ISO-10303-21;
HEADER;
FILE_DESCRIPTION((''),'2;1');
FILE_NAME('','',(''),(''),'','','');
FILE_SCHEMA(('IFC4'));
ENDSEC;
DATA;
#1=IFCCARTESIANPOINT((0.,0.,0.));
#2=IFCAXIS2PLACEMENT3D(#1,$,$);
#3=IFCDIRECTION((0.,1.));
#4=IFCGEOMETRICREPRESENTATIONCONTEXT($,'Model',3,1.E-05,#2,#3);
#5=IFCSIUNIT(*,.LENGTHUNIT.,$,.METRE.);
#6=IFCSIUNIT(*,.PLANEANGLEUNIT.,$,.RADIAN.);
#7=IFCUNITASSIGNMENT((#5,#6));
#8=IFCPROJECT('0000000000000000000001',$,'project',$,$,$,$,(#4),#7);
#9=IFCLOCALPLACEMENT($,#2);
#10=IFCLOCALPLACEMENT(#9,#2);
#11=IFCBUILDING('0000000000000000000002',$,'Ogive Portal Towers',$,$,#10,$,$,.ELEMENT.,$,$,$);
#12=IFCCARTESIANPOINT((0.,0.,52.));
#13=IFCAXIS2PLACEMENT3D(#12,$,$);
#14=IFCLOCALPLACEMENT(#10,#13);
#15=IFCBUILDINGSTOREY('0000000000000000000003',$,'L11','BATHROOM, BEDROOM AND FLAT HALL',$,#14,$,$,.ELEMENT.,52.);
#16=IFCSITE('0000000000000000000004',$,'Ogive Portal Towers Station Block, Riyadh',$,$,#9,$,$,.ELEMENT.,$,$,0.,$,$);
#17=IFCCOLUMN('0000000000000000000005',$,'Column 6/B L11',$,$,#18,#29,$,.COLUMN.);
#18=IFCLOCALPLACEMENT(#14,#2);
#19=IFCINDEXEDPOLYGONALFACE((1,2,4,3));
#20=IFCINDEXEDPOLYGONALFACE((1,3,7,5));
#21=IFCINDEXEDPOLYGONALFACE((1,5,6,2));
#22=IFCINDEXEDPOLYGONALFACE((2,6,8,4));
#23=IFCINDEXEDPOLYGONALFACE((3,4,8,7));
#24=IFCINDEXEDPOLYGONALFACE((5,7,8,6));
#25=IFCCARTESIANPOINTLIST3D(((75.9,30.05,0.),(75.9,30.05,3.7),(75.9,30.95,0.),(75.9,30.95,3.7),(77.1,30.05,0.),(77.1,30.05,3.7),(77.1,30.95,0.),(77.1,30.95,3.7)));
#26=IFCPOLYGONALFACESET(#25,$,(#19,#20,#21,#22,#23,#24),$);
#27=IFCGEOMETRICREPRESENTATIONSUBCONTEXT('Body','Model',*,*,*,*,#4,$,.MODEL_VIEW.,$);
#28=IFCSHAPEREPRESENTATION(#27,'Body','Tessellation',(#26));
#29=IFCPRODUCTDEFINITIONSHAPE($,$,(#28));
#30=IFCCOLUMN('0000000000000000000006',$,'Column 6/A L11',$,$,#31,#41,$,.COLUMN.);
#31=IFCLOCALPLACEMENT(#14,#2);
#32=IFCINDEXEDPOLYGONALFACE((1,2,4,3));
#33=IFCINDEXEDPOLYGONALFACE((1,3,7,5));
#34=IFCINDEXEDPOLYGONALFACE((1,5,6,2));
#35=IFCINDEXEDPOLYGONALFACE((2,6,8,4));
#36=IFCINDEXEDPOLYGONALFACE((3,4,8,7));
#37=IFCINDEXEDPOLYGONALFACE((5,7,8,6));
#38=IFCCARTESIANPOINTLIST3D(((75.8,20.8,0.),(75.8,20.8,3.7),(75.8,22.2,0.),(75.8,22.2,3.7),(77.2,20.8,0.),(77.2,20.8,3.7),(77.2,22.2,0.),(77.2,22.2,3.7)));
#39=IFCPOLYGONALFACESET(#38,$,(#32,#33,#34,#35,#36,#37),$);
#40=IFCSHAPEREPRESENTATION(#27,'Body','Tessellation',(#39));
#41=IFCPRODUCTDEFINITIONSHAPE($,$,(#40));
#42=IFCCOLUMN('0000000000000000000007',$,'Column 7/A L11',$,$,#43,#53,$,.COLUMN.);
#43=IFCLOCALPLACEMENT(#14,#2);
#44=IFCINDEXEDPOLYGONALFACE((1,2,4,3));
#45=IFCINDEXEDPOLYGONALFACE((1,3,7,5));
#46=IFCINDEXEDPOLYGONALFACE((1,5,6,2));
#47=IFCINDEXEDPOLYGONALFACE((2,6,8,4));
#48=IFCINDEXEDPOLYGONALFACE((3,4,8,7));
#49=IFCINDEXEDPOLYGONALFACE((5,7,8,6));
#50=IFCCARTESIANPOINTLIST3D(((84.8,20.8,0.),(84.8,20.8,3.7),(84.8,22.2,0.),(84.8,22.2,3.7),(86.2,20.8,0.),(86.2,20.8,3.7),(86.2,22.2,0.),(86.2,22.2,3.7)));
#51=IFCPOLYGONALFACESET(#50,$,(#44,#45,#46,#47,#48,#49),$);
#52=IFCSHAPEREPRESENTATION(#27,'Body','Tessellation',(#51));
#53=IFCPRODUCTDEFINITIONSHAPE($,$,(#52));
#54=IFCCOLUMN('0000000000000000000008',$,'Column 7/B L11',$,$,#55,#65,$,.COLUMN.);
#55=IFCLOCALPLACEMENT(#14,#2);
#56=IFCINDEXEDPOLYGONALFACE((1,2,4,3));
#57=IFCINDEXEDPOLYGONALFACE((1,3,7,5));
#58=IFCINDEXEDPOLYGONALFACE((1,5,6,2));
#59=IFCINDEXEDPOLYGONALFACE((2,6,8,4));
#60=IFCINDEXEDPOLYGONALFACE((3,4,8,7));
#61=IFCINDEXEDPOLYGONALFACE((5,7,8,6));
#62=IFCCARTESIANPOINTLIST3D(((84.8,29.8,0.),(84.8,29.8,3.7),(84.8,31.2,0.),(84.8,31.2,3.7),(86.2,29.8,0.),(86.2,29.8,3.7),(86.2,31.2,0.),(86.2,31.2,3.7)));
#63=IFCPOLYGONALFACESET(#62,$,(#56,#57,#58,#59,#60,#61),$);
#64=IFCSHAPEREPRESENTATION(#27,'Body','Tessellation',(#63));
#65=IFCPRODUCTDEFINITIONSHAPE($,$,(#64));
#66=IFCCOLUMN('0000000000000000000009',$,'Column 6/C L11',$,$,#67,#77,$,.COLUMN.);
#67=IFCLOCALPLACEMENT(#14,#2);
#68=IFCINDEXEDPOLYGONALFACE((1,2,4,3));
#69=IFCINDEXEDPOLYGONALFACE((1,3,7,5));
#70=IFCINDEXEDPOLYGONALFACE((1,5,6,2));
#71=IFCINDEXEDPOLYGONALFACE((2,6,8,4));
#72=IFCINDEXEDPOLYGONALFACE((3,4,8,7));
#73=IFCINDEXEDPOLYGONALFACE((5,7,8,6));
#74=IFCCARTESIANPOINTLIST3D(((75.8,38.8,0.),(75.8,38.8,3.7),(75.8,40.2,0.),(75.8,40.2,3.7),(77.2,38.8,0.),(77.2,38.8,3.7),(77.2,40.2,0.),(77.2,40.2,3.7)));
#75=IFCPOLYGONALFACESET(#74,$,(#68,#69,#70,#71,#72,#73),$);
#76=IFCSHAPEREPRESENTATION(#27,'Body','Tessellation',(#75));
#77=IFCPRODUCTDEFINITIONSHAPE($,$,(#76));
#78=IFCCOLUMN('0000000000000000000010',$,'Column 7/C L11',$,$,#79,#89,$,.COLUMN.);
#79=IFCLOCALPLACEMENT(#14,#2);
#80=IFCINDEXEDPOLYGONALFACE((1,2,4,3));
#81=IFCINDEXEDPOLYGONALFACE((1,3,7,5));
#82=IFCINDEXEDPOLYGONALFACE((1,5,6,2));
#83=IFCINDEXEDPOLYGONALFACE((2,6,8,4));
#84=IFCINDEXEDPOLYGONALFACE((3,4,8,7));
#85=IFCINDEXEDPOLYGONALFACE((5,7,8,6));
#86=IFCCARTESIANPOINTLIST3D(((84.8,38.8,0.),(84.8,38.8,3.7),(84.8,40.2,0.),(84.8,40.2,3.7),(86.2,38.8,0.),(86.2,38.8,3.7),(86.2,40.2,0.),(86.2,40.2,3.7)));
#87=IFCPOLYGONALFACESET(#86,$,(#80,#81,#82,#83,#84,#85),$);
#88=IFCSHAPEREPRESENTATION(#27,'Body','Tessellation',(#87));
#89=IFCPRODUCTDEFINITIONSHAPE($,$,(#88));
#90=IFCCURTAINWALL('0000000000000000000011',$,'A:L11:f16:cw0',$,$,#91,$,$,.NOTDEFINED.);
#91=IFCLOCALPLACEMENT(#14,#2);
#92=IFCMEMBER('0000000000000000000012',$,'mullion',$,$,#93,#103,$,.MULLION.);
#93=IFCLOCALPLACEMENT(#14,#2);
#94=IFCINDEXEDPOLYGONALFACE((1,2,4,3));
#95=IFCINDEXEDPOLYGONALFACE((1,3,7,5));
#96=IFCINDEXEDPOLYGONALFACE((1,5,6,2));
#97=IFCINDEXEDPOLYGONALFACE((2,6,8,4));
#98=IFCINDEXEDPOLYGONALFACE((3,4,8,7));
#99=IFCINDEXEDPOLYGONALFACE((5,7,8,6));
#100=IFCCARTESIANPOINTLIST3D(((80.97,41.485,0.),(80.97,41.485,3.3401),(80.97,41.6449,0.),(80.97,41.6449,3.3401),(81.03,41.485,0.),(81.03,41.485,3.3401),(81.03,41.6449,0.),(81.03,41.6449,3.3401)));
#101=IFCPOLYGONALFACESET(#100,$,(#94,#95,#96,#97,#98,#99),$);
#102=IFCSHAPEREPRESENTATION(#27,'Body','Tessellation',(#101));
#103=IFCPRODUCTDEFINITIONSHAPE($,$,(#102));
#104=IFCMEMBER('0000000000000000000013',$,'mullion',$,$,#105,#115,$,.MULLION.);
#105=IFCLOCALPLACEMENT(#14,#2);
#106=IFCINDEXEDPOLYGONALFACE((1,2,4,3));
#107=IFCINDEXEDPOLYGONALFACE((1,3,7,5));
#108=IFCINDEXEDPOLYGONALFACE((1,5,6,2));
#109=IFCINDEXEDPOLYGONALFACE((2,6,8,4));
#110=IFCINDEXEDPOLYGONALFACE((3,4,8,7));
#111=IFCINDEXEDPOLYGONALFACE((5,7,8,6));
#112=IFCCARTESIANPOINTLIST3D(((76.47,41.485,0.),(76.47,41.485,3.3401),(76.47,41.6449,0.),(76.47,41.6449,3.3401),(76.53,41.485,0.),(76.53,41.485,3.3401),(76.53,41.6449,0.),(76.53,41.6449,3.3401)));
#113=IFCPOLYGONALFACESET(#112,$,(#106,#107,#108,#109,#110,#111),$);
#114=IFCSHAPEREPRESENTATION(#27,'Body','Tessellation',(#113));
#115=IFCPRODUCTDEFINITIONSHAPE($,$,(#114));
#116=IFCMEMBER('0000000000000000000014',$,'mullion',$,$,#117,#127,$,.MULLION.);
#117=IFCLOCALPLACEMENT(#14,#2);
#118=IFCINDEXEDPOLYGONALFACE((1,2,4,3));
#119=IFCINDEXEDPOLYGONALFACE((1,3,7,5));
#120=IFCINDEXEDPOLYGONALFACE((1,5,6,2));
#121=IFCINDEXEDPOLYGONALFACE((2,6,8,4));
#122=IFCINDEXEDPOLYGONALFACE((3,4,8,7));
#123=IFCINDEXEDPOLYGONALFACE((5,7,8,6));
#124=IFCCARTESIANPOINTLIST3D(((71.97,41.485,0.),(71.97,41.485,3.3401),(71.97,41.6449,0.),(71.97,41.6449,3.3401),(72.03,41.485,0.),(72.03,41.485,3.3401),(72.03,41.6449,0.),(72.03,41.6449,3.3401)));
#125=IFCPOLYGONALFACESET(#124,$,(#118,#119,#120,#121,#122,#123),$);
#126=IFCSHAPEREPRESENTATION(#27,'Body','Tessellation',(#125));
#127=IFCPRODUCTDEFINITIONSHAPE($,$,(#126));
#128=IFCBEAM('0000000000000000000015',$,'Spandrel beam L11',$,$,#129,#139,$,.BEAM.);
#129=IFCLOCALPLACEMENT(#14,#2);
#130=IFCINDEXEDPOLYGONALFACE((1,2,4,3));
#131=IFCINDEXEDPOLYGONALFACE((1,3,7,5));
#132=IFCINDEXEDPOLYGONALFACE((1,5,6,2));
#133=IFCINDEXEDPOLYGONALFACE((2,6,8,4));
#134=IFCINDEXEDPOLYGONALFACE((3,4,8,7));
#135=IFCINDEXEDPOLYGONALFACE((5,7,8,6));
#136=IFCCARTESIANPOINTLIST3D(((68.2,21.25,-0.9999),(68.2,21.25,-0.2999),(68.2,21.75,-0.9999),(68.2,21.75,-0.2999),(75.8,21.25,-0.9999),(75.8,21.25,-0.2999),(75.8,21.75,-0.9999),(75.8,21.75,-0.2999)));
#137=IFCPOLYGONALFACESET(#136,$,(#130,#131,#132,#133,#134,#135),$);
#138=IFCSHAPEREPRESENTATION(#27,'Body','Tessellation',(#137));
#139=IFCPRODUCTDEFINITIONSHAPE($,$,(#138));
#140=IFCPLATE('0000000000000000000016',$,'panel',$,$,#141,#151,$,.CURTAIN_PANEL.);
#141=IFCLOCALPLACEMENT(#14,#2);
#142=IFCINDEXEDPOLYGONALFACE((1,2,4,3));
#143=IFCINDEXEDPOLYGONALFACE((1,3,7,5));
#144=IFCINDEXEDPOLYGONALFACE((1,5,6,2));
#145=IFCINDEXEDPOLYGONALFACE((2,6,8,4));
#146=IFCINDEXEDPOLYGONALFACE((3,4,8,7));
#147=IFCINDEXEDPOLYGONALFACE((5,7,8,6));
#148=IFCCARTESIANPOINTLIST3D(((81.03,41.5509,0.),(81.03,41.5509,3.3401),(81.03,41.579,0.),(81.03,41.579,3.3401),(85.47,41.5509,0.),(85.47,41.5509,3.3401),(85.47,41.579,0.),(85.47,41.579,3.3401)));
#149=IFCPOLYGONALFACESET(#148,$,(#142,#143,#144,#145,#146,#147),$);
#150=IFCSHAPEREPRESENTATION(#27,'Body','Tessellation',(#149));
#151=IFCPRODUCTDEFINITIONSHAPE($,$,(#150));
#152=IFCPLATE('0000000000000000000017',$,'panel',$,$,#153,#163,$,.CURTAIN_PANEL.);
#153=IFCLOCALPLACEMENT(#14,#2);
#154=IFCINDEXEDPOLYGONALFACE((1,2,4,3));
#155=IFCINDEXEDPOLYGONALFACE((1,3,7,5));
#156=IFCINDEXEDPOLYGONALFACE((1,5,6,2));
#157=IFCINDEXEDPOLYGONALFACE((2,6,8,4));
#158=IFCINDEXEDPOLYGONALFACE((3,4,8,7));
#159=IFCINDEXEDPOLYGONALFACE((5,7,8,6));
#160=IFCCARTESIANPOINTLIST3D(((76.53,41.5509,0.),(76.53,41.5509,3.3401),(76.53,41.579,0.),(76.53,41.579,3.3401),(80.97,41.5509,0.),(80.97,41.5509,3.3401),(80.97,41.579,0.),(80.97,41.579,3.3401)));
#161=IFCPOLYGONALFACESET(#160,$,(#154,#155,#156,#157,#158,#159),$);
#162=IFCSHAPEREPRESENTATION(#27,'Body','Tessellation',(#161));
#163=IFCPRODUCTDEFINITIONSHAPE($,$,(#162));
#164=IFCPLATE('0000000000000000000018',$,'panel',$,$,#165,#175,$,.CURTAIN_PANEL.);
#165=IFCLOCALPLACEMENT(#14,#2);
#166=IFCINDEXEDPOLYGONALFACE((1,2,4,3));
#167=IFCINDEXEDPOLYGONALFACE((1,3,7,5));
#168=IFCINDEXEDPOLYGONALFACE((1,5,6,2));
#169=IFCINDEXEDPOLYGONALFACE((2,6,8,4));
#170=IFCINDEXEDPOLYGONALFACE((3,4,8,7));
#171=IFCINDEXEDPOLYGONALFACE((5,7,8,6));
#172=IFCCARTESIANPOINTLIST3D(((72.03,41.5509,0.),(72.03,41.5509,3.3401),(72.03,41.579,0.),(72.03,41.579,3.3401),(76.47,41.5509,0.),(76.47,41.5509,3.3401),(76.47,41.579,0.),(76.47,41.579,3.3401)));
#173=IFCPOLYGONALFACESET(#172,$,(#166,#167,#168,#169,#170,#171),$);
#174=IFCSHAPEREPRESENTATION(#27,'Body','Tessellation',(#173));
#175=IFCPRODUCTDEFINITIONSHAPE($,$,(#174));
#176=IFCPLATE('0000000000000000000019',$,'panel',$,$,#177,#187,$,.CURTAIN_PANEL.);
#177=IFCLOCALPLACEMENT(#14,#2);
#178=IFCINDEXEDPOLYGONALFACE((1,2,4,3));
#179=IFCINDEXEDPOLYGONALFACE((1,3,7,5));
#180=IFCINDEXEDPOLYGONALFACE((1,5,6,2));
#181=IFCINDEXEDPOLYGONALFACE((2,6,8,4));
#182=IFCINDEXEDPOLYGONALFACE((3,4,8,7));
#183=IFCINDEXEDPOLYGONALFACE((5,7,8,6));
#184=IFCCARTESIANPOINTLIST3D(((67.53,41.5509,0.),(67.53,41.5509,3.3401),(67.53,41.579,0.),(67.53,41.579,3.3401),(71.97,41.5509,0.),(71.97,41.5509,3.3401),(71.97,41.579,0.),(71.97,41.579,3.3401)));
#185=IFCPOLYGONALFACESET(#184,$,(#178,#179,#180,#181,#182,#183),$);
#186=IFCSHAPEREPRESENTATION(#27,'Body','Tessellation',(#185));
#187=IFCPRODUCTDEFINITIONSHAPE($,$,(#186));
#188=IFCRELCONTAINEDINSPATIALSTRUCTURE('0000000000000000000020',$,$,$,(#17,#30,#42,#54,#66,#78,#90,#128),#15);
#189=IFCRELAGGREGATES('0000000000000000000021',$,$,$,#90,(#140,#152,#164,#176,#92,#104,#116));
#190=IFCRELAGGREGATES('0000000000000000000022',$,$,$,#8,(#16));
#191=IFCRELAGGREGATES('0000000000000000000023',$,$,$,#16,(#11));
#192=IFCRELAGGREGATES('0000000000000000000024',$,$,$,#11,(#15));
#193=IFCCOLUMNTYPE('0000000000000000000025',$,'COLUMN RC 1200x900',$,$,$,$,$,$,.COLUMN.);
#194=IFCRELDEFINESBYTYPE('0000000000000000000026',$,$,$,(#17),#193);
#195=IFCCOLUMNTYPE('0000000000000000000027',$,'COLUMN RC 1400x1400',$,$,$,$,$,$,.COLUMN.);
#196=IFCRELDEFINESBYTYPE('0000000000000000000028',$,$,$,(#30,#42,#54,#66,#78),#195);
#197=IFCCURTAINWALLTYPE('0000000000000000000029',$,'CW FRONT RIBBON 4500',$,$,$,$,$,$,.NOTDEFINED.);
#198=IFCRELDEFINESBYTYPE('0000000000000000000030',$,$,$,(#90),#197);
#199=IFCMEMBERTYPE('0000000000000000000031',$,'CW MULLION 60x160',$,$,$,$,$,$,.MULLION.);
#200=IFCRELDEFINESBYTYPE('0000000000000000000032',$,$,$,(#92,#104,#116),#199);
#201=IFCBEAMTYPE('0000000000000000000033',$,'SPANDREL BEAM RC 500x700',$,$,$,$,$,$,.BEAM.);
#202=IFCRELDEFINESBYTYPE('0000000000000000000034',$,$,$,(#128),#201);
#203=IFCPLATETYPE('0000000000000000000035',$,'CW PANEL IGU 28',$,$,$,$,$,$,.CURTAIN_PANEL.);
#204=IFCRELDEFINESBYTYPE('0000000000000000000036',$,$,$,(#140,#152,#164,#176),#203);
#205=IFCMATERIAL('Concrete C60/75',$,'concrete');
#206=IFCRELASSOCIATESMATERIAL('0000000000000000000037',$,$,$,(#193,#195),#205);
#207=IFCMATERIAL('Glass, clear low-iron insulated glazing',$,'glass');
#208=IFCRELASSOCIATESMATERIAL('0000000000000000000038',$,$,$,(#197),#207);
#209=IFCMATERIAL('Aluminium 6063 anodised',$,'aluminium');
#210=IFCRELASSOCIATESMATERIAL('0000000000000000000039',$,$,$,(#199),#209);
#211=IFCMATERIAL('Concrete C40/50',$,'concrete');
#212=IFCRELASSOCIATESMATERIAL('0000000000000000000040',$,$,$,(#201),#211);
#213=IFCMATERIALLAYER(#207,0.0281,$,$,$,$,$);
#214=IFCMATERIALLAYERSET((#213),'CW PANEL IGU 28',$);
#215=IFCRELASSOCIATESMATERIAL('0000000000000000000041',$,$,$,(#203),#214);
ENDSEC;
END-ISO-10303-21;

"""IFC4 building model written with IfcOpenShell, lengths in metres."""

from ifc_helpers import new_model, si_unit, direction, frame, origin, origin_2d, place, context, subcontext, project, spatial, rectangle, extrude, material, layer, layer_set, material_profile, profile_set, type_object, element, aggregate, save


model = new_model("IFC4")

# Units and contexts
model_context = context("Model", 3, precision=1e-05, world=origin(), true_north=direction((0.0, 1.0)))
body_context = subcontext(model_context, "Body", "Model", "MODEL_VIEW")
ifc_project = project(units=[si_unit("LENGTHUNIT", "METRE"), si_unit("PLANEANGLEUNIT", "RADIAN")], contexts=[model_context])

# Site, building, storey
site_placement = place(None, origin())
site = spatial("IfcSite", under=ifc_project, at=site_placement, Name="Ogive Portal Towers Station Block, Riyadh", CompositionType="ELEMENT", RefElevation=0.0)
building_placement = place(site_placement, origin())
building = spatial("IfcBuilding", under=site, at=building_placement, Name="Ogive Portal Towers", CompositionType="ELEMENT")
storey_placement = place(building_placement, frame((0.0, 0.0, 52.0)))
storey = spatial("IfcBuildingStorey", under=building, at=storey_placement, Name="L11", Description="BATHROOM, BEDROOM AND FLAT HALL", CompositionType="ELEMENT", Elevation=52.0)

# Columns
ifc_material_1 = material(Name="Concrete C60/75", Category="concrete")
ifc_material_profile_1 = material_profile(ifc_material_1, rectangle(XDim=1.2, YDim=0.8999, at=origin_2d()), Name="RC 1200x900")
ifc_profile_set_1 = profile_set([ifc_material_profile_1], Name="Concrete C60/75")
column_type_1 = type_object("IfcColumnType", Name="COLUMN RC 1200x900", PredefinedType="COLUMN", material=ifc_profile_set_1)
column_placement = place(storey_placement, frame((76.5, 30.5, 0.0), z_axis=(0.0, 0.0, 1.0), x_axis=(1.0, 0.0, 0.0)))
element("IfcColumn", 1, at=column_placement, inside=storey, type_object=column_type_1, Name="Column 6/B L11", PredefinedType="COLUMN", context=body_context, shape_type="SweptSolid", body=[
    extrude(rectangle(XDim=1.2, YDim=0.8999, at=origin_2d()), origin(), (0.0, 0.0, 1.0), 3.7),
])
ifc_material_profile_2 = material_profile(ifc_material_1, rectangle(XDim=1.3999, YDim=1.3999, at=origin_2d()), Name="RC 1400x1400")
ifc_profile_set_2 = profile_set([ifc_material_profile_2], Name="Concrete C60/75")
column_type_2 = type_object("IfcColumnType", Name="COLUMN RC 1400x1400", PredefinedType="COLUMN", material=ifc_profile_set_2)
for number, where, z_axis, x_axis, name in (
    (2, (76.5, 21.5, 0.0), (0.0, 0.0, 1.0), (1.0, 0.0, 0.0), "Column 6/A L11"),
    (3, (85.5, 21.5, 0.0), (0.0, 0.0, 1.0), (1.0, 0.0, 0.0), "Column 7/A L11"),
    (4, (85.5, 30.5, 0.0), (0.0, 0.0, 1.0), (1.0, 0.0, 0.0), "Column 7/B L11"),
    (5, (76.5, 39.5, 0.0), (0.0, 0.0, 1.0), (1.0, 0.0, 0.0), "Column 6/C L11"),
    (6, (85.5, 39.5, 0.0), (0.0, 0.0, 1.0), (1.0, 0.0, 0.0), "Column 7/C L11"),
):
    element("IfcColumn", number, at=place(storey_placement, frame(where, z_axis=z_axis, x_axis=x_axis)), inside=storey, type_object=column_type_2, Name=name, PredefinedType="COLUMN", context=body_context, shape_type="SweptSolid", body=[
        extrude(rectangle(XDim=1.3999, YDim=1.3999, at=origin_2d()), origin(), (0.0, 0.0, 1.0), 3.7),
    ])

# Curtain wall, members
ifc_material_2 = material(Name="Glass, clear low-iron insulated glazing", Category="glass")
curtain_wall_type = type_object("IfcCurtainWallType", Name="CW FRONT RIBBON 4500", PredefinedType="NOTDEFINED", material=ifc_material_2)
curtain_wall_placement = place(storey_placement, origin())
curtain_wall = element("IfcCurtainWall", 7, at=curtain_wall_placement, inside=storey, type_object=curtain_wall_type, Name="A:L11:f16:cw0", PredefinedType="NOTDEFINED")
ifc_material_3 = material(Name="Aluminium 6063 anodised", Category="aluminium")
ifc_material_profile_3 = material_profile(ifc_material_3, rectangle(XDim=0.1599, YDim=0.0601, at=origin_2d()), Name="AL 60x160")
ifc_profile_set_3 = profile_set([ifc_material_profile_3], Name="Aluminium 6063 anodised")
member_type = type_object("IfcMemberType", Name="CW MULLION 60x160", PredefinedType="MULLION", material=ifc_profile_set_3)
member_1_placement = place(storey_placement, frame((81.0, 41.5649, 0.0), z_axis=(0.0, 0.0, 1.0), x_axis=(0.0, -1.0, 0.0)))
member_1 = element("IfcMember", 8, at=member_1_placement, type_object=member_type, Name="mullion", PredefinedType="MULLION", context=body_context, shape_type="SweptSolid", body=[
    extrude(rectangle(XDim=0.1599, YDim=0.0601, at=origin_2d()), origin(), (0.0, 0.0, 1.0), 3.3401),
])
member_2_placement = place(storey_placement, frame((76.5, 41.5649, 0.0), z_axis=(0.0, 0.0, 1.0), x_axis=(0.0, -1.0, 0.0)))
member_2 = element("IfcMember", 9, at=member_2_placement, type_object=member_type, Name="mullion", PredefinedType="MULLION", context=body_context, shape_type="SweptSolid", body=[
    extrude(rectangle(XDim=0.1599, YDim=0.0601, at=origin_2d()), origin(), (0.0, 0.0, 1.0), 3.3401),
])
member_3_placement = place(storey_placement, frame((72.0, 41.5649, 0.0), z_axis=(0.0, 0.0, 1.0), x_axis=(0.0, -1.0, 0.0)))
member_3 = element("IfcMember", 10, at=member_3_placement, type_object=member_type, Name="mullion", PredefinedType="MULLION", context=body_context, shape_type="SweptSolid", body=[
    extrude(rectangle(XDim=0.1599, YDim=0.0601, at=origin_2d()), origin(), (0.0, 0.0, 1.0), 3.3401),
])

# Beam
ifc_material_4 = material(Name="Concrete C40/50", Category="concrete")
ifc_material_profile_4 = material_profile(ifc_material_4, rectangle(XDim=0.5, YDim=0.7, at=origin_2d()), Name="RC 500x700")
ifc_profile_set_4 = profile_set([ifc_material_profile_4], Name="Concrete C40/50")
beam_type = type_object("IfcBeamType", Name="SPANDREL BEAM RC 500x700", PredefinedType="BEAM", material=ifc_profile_set_4)
beam_placement = place(storey_placement, frame((75.8, 21.5, -0.6499), z_axis=(-1.0, 0.0, 0.0), x_axis=(0.0, -1.0, 0.0)))
element("IfcBeam", 11, at=beam_placement, inside=storey, type_object=beam_type, Name="Spandrel beam L11", PredefinedType="BEAM", context=body_context, shape_type="SweptSolid", body=[
    extrude(rectangle(XDim=0.5, YDim=0.7, at=origin_2d()), origin(), (0.0, 0.0, 1.0), 7.6001),
])

# Plates
ifc_layer_1 = layer(ifc_material_2, 0.0281)
ifc_layer_set_1 = layer_set([ifc_layer_1], Name="CW PANEL IGU 28")
plate_type = type_object("IfcPlateType", Name="CW PANEL IGU 28", PredefinedType="CURTAIN_PANEL", material=ifc_layer_set_1)
plate_1_placement = place(storey_placement, frame((83.25, 41.5649, 0.0), z_axis=(0.0, 0.0, 1.0), x_axis=(-1.0, 0.0, 0.0)))
plate_1 = element("IfcPlate", 12, at=plate_1_placement, type_object=plate_type, Name="panel", PredefinedType="CURTAIN_PANEL", context=body_context, shape_type="SweptSolid", body=[
    extrude(rectangle(XDim=4.4399, YDim=0.0281, at=origin_2d()), origin(), (0.0, 0.0, 1.0), 3.3401),
])
plate_2_placement = place(storey_placement, frame((78.75, 41.5649, 0.0), z_axis=(0.0, 0.0, 1.0), x_axis=(-1.0, 0.0, 0.0)))
plate_2 = element("IfcPlate", 13, at=plate_2_placement, type_object=plate_type, Name="panel", PredefinedType="CURTAIN_PANEL", context=body_context, shape_type="SweptSolid", body=[
    extrude(rectangle(XDim=4.4399, YDim=0.0281, at=origin_2d()), origin(), (0.0, 0.0, 1.0), 3.3401),
])
plate_3_placement = place(storey_placement, frame((74.25, 41.5649, 0.0), z_axis=(0.0, 0.0, 1.0), x_axis=(-1.0, 0.0, 0.0)))
plate_3 = element("IfcPlate", 14, at=plate_3_placement, type_object=plate_type, Name="panel", PredefinedType="CURTAIN_PANEL", context=body_context, shape_type="SweptSolid", body=[
    extrude(rectangle(XDim=4.4399, YDim=0.0281, at=origin_2d()), origin(), (0.0, 0.0, 1.0), 3.3401),
])
plate_4_placement = place(storey_placement, frame((69.75, 41.5649, 0.0), z_axis=(0.0, 0.0, 1.0), x_axis=(-1.0, 0.0, 0.0)))
plate_4 = element("IfcPlate", 15, at=plate_4_placement, type_object=plate_type, Name="panel", PredefinedType="CURTAIN_PANEL", context=body_context, shape_type="SweptSolid", body=[
    extrude(rectangle(XDim=4.4399, YDim=0.0281, at=origin_2d()), origin(), (0.0, 0.0, 1.0), 3.3401),
])
aggregate(curtain_wall, [plate_1, plate_2, plate_3, plate_4, member_1, member_2, member_3])

save(model, "model.ifc")
